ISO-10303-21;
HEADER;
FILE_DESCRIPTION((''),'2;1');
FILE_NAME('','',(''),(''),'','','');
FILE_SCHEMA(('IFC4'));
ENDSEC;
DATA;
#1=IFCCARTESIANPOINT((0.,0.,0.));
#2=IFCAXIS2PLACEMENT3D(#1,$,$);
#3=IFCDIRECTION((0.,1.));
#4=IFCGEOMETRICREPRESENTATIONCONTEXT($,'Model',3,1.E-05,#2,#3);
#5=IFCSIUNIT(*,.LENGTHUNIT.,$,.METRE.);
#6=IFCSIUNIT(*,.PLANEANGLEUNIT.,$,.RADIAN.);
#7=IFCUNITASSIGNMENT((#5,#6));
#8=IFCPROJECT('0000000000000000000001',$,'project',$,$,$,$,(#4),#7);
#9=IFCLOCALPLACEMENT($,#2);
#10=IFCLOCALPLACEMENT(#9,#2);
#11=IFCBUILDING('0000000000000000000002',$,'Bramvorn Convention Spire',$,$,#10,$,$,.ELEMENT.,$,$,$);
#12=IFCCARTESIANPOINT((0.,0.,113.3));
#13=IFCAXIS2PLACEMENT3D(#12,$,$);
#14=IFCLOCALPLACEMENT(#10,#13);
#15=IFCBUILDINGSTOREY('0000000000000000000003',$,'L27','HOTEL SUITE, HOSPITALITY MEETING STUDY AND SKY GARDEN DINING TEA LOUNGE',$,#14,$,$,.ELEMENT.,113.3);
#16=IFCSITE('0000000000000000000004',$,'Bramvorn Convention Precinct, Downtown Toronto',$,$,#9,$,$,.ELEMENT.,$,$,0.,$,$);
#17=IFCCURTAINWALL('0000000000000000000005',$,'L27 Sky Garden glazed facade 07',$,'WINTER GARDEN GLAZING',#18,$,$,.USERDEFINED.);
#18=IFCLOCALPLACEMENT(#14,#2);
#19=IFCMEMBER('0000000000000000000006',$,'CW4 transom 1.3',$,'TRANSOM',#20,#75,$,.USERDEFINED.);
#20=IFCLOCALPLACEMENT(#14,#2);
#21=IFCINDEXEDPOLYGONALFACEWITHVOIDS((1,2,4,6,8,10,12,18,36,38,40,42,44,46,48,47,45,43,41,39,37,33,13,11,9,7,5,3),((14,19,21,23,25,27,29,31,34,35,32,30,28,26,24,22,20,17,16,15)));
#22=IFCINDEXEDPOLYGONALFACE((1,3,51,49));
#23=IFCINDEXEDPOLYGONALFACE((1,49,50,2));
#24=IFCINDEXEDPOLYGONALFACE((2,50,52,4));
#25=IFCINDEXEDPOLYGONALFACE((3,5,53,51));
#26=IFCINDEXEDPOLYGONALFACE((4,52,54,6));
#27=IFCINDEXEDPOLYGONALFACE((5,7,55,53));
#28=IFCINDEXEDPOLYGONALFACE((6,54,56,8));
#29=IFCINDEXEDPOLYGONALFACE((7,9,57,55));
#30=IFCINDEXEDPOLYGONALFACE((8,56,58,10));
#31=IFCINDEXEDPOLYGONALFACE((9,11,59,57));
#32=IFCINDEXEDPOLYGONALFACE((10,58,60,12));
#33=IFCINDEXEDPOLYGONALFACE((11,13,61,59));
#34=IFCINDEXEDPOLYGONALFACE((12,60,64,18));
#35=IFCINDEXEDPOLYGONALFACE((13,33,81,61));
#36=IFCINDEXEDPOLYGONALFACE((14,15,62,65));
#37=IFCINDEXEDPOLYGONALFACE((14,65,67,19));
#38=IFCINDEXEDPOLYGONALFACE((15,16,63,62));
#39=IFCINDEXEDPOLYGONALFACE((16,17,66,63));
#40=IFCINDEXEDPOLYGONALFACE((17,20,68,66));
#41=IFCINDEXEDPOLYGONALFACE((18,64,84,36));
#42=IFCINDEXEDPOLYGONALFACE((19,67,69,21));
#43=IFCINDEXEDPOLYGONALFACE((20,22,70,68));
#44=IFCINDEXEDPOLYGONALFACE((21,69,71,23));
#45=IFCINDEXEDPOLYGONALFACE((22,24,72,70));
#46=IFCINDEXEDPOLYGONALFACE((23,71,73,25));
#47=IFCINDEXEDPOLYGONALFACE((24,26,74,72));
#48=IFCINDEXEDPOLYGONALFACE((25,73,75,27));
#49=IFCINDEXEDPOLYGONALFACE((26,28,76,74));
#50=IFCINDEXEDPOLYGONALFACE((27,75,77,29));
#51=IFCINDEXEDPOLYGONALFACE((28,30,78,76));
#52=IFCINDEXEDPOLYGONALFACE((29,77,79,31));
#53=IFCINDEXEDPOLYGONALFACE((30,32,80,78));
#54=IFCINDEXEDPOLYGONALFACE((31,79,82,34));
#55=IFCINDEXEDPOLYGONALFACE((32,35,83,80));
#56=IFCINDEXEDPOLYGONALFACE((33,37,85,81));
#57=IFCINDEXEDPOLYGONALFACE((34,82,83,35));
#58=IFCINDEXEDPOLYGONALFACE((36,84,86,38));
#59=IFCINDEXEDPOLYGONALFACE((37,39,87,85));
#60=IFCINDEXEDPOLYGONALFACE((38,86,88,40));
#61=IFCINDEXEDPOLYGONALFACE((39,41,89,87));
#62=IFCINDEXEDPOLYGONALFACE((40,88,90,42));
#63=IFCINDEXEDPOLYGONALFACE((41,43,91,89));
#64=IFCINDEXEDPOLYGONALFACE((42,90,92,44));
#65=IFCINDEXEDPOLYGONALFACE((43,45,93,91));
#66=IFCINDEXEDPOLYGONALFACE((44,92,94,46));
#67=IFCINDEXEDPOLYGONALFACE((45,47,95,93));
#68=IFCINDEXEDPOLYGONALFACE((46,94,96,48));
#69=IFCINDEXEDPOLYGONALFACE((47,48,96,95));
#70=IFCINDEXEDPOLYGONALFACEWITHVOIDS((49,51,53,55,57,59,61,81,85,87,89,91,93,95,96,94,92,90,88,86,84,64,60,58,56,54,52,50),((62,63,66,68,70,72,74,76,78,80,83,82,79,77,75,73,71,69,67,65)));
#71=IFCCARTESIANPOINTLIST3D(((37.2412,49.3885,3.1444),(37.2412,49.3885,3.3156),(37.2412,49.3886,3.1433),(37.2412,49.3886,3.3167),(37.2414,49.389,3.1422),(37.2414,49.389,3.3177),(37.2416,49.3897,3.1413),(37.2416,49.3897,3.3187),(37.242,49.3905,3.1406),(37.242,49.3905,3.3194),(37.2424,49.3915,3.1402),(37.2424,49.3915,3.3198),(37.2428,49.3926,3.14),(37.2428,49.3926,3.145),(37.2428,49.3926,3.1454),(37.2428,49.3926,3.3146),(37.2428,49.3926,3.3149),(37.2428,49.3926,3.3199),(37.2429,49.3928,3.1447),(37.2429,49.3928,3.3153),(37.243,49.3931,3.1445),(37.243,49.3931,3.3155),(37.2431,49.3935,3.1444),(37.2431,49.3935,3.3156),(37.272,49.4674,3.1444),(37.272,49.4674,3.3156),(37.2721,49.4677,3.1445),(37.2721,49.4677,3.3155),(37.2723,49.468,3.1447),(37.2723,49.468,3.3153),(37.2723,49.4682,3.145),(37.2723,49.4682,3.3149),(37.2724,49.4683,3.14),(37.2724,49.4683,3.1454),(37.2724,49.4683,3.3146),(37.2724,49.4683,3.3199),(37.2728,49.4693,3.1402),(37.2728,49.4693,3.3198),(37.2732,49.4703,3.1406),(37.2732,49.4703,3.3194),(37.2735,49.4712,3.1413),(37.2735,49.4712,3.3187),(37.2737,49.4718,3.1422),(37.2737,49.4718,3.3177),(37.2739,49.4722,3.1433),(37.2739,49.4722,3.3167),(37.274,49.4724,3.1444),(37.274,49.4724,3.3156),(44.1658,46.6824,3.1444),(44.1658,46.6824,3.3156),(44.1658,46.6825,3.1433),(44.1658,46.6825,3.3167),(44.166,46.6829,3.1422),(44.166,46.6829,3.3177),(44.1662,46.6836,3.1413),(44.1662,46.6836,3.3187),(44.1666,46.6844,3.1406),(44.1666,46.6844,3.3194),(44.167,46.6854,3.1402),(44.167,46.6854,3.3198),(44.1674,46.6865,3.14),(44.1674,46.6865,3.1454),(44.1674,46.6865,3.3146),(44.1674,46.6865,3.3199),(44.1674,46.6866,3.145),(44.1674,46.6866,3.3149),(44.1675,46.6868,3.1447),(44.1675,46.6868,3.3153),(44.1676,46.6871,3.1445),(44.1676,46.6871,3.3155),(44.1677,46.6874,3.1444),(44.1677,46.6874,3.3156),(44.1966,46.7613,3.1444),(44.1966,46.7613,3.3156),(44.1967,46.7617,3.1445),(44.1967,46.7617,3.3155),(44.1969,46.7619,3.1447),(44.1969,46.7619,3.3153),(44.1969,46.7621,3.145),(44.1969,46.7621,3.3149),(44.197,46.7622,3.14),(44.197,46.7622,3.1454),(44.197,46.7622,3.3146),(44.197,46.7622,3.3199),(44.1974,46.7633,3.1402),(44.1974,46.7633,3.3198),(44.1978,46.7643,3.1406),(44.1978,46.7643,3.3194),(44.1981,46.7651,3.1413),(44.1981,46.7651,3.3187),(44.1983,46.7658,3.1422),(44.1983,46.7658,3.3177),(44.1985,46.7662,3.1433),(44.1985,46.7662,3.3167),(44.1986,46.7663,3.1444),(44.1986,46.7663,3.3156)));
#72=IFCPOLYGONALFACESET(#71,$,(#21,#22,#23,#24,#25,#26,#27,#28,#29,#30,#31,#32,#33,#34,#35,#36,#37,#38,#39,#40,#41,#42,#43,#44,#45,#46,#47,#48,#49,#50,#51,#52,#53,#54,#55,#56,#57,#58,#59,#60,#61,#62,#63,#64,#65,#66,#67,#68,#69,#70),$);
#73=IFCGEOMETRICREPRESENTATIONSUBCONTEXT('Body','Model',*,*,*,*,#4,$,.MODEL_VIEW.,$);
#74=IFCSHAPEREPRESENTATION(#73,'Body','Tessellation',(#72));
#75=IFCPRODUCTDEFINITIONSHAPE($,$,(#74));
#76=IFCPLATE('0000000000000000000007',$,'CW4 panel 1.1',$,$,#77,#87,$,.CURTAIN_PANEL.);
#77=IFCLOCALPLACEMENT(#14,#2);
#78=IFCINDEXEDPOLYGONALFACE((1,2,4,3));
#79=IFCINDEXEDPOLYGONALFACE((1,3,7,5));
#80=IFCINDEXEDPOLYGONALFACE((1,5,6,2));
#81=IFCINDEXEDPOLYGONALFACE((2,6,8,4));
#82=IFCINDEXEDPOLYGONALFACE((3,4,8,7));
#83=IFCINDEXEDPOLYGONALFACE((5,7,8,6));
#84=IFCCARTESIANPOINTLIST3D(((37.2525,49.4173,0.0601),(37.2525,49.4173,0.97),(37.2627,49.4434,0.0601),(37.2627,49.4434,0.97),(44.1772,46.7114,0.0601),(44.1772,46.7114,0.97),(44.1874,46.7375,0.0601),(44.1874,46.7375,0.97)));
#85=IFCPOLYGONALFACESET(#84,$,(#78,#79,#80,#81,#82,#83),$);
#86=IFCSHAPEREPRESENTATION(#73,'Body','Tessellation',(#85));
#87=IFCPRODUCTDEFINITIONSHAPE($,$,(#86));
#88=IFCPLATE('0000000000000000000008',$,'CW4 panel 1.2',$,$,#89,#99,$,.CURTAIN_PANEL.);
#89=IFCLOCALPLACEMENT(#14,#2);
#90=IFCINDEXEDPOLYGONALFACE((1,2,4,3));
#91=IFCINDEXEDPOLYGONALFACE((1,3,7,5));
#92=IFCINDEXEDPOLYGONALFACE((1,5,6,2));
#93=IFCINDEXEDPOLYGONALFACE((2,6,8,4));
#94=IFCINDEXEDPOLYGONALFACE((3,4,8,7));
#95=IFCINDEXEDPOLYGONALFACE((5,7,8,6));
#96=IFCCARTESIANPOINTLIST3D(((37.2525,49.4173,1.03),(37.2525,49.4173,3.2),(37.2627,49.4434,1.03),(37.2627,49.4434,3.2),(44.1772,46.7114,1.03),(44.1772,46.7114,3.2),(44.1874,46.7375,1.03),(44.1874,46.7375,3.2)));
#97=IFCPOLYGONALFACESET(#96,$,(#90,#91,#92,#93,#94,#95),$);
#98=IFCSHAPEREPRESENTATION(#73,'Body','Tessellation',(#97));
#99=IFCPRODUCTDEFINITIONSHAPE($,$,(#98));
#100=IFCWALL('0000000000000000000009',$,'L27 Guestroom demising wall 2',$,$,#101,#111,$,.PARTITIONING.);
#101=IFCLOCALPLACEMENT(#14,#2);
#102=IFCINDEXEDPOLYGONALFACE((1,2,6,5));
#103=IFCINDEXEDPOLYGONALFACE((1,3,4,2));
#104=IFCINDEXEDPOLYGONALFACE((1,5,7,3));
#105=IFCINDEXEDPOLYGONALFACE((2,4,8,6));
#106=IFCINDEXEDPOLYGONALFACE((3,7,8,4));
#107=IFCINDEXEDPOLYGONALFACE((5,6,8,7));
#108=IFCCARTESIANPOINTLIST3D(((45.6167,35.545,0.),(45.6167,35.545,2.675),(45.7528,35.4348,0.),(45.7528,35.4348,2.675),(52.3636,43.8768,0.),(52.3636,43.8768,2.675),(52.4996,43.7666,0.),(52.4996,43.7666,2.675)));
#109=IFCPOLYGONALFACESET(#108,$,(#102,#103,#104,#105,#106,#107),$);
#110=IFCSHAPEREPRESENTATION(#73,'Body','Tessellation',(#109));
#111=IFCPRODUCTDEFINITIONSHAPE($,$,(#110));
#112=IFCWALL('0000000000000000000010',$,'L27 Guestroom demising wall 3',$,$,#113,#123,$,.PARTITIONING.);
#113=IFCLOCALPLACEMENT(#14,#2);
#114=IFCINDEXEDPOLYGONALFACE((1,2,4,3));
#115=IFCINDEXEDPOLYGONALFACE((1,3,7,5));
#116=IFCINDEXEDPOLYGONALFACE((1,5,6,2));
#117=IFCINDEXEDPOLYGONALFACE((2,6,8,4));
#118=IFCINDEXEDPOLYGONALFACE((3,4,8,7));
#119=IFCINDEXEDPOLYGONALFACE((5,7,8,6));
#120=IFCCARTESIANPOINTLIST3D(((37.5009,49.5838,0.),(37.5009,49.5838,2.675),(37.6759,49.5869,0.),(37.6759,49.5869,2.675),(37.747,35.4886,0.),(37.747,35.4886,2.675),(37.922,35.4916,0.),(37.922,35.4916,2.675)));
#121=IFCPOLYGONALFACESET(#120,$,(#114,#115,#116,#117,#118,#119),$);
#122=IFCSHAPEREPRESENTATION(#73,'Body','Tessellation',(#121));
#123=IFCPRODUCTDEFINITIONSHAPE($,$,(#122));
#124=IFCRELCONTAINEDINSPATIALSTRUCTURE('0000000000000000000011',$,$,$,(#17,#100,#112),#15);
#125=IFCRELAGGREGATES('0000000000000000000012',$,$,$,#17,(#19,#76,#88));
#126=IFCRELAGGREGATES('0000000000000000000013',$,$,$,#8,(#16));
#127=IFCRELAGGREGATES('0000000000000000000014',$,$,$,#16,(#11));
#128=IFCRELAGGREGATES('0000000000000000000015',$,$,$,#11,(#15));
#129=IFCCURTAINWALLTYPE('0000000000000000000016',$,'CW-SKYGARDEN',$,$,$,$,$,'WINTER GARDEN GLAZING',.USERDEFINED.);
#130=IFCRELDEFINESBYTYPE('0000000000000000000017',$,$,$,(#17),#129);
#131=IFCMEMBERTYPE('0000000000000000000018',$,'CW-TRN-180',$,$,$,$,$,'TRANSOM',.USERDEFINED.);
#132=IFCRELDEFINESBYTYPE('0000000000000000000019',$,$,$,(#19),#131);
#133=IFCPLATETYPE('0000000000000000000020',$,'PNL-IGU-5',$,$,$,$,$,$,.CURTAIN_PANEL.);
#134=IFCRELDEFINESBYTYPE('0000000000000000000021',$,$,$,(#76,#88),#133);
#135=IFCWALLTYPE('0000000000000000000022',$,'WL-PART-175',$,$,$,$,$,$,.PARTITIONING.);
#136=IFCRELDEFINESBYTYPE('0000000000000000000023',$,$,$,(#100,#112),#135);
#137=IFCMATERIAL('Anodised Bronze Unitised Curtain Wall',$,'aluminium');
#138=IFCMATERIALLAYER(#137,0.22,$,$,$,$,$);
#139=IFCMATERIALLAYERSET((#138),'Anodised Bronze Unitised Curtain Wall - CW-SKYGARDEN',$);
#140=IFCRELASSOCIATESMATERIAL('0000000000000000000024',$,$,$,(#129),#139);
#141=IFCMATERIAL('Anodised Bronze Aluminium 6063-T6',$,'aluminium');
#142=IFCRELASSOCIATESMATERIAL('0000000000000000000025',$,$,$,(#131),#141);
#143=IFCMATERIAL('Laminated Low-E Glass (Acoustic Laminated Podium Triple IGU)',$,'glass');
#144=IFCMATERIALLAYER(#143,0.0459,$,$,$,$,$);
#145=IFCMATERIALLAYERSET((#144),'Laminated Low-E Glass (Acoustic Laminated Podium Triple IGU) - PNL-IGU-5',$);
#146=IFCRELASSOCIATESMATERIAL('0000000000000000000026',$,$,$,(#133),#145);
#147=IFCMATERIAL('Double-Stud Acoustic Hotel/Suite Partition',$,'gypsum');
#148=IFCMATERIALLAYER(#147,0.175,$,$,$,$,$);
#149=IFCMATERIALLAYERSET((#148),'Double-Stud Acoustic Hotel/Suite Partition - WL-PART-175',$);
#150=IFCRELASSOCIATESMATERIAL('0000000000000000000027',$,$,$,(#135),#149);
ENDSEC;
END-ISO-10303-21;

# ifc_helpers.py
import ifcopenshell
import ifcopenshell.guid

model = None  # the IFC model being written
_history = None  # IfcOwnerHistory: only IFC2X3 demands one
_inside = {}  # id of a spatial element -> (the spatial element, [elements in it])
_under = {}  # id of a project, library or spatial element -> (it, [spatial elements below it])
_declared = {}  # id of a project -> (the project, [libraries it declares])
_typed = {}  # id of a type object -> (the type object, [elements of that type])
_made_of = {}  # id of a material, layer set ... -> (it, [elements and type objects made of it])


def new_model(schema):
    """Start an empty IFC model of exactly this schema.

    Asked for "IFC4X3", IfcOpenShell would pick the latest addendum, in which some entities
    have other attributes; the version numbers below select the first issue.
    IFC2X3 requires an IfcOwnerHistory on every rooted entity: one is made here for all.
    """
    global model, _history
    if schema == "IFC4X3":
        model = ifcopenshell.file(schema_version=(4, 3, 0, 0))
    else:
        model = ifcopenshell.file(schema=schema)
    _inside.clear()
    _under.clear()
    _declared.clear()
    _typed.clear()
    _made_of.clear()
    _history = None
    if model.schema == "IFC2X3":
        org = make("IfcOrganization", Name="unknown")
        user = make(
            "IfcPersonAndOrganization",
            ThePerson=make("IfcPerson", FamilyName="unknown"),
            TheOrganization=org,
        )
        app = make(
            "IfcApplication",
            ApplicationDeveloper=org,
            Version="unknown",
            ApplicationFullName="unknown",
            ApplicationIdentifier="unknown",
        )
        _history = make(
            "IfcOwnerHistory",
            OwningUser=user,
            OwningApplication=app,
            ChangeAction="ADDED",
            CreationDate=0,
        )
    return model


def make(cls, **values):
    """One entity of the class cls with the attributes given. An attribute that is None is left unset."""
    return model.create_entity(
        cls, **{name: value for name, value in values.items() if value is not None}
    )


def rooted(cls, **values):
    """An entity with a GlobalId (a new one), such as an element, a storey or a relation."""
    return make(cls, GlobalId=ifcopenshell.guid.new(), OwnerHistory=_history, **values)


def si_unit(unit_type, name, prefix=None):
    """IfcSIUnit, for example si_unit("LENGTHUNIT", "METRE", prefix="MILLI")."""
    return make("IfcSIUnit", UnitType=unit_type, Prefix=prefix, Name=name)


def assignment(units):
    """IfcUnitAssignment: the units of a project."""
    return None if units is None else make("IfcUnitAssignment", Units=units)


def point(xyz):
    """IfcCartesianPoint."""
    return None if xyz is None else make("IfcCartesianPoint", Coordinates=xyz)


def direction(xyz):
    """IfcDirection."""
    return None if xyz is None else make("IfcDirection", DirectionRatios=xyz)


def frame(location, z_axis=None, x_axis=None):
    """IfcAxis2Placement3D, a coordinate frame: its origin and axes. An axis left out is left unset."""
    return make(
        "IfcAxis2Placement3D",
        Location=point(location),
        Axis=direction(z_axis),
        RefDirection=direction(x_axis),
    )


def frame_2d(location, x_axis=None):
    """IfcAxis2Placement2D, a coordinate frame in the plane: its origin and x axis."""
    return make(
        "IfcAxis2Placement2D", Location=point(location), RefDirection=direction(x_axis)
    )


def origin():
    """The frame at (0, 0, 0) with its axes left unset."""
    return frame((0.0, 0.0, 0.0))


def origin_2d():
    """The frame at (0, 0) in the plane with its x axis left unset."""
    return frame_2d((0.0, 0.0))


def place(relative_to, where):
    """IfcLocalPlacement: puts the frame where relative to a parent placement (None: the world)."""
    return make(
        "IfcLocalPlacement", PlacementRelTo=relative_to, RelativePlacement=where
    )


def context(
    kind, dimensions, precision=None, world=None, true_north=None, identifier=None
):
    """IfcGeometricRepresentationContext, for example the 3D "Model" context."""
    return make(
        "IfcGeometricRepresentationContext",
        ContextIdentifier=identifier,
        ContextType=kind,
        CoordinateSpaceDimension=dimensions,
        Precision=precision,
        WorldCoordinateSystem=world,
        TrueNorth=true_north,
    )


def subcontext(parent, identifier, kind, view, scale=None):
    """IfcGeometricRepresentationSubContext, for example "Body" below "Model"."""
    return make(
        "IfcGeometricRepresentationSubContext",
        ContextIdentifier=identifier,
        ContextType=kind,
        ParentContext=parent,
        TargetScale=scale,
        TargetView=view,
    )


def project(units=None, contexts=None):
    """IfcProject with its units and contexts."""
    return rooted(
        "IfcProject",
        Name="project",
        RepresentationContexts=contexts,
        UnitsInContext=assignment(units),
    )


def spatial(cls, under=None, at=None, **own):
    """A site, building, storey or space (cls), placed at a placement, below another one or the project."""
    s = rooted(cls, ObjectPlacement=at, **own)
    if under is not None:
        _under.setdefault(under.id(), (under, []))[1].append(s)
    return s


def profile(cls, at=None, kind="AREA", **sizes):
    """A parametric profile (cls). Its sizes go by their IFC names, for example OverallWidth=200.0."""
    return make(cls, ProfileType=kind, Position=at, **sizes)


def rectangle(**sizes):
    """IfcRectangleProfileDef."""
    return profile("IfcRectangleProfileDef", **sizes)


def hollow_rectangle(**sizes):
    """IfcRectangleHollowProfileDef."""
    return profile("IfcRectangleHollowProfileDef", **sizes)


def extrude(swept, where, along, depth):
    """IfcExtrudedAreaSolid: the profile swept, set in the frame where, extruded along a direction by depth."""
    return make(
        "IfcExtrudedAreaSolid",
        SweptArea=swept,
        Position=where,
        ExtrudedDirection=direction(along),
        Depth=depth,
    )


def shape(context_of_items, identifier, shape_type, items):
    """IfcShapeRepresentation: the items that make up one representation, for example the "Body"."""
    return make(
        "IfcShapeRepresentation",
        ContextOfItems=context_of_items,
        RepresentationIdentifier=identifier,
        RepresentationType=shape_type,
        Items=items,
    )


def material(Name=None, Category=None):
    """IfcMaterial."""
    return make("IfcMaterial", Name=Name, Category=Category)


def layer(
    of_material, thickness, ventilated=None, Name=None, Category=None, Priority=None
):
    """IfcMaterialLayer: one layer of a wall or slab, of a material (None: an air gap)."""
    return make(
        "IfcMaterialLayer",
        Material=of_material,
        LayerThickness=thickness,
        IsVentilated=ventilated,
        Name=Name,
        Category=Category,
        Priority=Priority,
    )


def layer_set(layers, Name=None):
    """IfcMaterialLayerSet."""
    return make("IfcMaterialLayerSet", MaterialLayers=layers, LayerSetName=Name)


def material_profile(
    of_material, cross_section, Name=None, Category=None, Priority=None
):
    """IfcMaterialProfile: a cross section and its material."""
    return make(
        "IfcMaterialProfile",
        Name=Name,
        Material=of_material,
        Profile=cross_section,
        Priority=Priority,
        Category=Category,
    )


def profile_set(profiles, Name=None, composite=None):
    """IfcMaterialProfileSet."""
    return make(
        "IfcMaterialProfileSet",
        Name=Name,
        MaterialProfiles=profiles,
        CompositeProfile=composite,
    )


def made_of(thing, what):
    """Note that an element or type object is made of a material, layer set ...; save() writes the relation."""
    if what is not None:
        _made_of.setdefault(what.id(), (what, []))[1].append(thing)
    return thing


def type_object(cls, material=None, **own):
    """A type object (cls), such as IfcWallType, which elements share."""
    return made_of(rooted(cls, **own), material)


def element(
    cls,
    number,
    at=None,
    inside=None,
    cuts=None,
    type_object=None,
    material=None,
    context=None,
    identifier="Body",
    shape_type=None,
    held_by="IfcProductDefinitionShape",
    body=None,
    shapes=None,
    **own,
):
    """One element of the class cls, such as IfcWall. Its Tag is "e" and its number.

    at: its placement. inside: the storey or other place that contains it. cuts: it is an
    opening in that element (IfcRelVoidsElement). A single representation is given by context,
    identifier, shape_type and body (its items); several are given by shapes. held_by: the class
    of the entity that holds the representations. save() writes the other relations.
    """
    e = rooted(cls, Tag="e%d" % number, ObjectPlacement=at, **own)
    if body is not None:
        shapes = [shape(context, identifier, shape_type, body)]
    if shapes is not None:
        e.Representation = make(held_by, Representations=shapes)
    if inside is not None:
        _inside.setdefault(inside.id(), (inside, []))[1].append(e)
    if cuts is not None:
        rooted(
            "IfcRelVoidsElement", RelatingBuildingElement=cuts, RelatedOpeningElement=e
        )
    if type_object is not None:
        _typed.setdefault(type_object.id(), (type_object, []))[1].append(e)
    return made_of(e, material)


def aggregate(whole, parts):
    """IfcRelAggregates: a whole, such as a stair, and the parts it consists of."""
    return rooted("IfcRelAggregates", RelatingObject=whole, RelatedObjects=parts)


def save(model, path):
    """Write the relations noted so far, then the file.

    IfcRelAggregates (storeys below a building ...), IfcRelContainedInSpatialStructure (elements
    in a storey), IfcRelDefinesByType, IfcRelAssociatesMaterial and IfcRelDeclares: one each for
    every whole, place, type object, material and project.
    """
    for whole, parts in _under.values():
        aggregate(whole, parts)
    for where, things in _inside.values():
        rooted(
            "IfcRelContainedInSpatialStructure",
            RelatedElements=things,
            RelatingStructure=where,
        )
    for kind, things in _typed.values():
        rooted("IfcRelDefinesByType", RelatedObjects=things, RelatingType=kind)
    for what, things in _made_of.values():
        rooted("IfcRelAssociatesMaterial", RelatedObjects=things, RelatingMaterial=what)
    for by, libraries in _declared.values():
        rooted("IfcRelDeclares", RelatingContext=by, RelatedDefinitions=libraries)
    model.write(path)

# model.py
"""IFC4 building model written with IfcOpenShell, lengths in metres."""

from ifc_helpers import new_model, si_unit, direction, frame, frame_2d, origin, origin_2d, place, context, subcontext, project, spatial, rectangle, hollow_rectangle, extrude, material, layer, layer_set, material_profile, profile_set, type_object, element, aggregate, save


model = new_model("IFC4")

# Units and contexts
model_context = context("Model", 3, precision=1e-05, world=origin(), true_north=direction((0.0, 1.0)))
body_context = subcontext(model_context, "Body", "Model", "MODEL_VIEW")
ifc_project = project(units=[si_unit("LENGTHUNIT", "METRE"), si_unit("PLANEANGLEUNIT", "RADIAN")], contexts=[model_context])

# Site, building, storey
site_placement = place(None, origin())
site = spatial("IfcSite", under=ifc_project, at=site_placement, Name="Bramvorn Convention Precinct, Downtown Toronto", CompositionType="ELEMENT", RefElevation=0.0)
building_placement = place(site_placement, origin())
building = spatial("IfcBuilding", under=site, at=building_placement, Name="Bramvorn Convention Spire", CompositionType="ELEMENT")
storey_placement = place(building_placement, frame((0.0, 0.0, 113.3)))
storey = spatial("IfcBuildingStorey", under=building, at=storey_placement, Name="L27", Description="HOTEL SUITE, HOSPITALITY MEETING STUDY AND SKY GARDEN DINING TEA LOUNGE", CompositionType="ELEMENT", Elevation=113.3)

# Shared definitions
ifc_material_1 = material(Name="Anodised Bronze Unitised Curtain Wall", Category="aluminium")
ifc_material_2 = material(Name="Anodised Bronze Aluminium 6063-T6", Category="aluminium")
ifc_layer_1 = layer(ifc_material_1, 0.22)
ifc_layer_set_1 = layer_set([ifc_layer_1], Name="Anodised Bronze Unitised Curtain Wall - CW-SKYGARDEN")
curtain_wall_type_1 = type_object("IfcCurtainWallType", Name="CW-SKYGARDEN", ElementType="WINTER GARDEN GLAZING", PredefinedType="USERDEFINED", material=ifc_layer_set_1)

# Curtain wall
curtain_wall_1_placement = place(storey_placement, origin())
curtain_wall_1 = element("IfcCurtainWall", 1, at=curtain_wall_1_placement, inside=storey, type_object=curtain_wall_type_1, Name="L27 Sky Garden glazed facade 07", ObjectType="WINTER GARDEN GLAZING", PredefinedType="USERDEFINED")

# Member
ifc_material_profile_1 = material_profile(ifc_material_2, hollow_rectangle(XDim=0.0901, YDim=0.1799, WallThickness=0.0044, InnerFilletRadius=0.001, OuterFilletRadius=0.0044, at=origin_2d()))
ifc_profile_set_1 = profile_set([ifc_material_profile_1], Name="Anodised Bronze Aluminium 6063-T6 - CWT90X180")
member_type_1 = type_object("IfcMemberType", Name="CW-TRN-180", ElementType="TRANSOM", PredefinedType="USERDEFINED", material=ifc_profile_set_1)
member_1_placement = place(storey_placement, frame((37.2576, 49.4304, 3.23), z_axis=(0.931405, -0.363985, 0.0), x_axis=(0.363985, 0.931405, 0.0)))
member_1 = element("IfcMember", 2, at=member_1_placement, type_object=member_type_1, Name="CW4 transom 1.3", ObjectType="TRANSOM", PredefinedType="USERDEFINED", context=body_context, shape_type="SweptSolid", body=[
    extrude(hollow_rectangle(XDim=0.0901, YDim=0.1799, WallThickness=0.0044, InnerFilletRadius=0.001, OuterFilletRadius=0.0044, at=origin_2d()), origin(), (0.0, 0.0, 1.0), 7.4346),
])

# Plates
ifc_material_3 = material(Name="Laminated Low-E Glass (Acoustic Laminated Podium Triple IGU)", Category="glass")
ifc_layer_2 = layer(ifc_material_3, 0.0459)
ifc_layer_set_2 = layer_set([ifc_layer_2], Name="Laminated Low-E Glass (Acoustic Laminated Podium Triple IGU) - PNL-IGU-5")
plate_type = type_object("IfcPlateType", Name="PNL-IGU-5", PredefinedType="CURTAIN_PANEL", material=ifc_layer_set_2)
plate_1_placement = place(storey_placement, frame((40.72, 48.0774, 0.0601), z_axis=(0.0, 0.0, 1.0), x_axis=(0.931414, -0.363962, 0.0)))
plate_1 = element("IfcPlate", 3, at=plate_1_placement, type_object=plate_type, Name="CW4 panel 1.1", PredefinedType="CURTAIN_PANEL", context=body_context, shape_type="SweptSolid", body=[
    extrude(rectangle(XDim=7.4346, YDim=0.0281, at=origin_2d()), origin(), (0.0, 0.0, 1.0), 0.9099),
])
plate_2_placement = place(storey_placement, frame((40.72, 48.0774, 1.03), z_axis=(0.0, 0.0, 1.0), x_axis=(0.931414, -0.363962, 0.0)))
plate_2 = element("IfcPlate", 4, at=plate_2_placement, type_object=plate_type, Name="CW4 panel 1.2", PredefinedType="CURTAIN_PANEL", context=body_context, shape_type="SweptSolid", body=[
    extrude(rectangle(XDim=7.4346, YDim=0.0281, at=origin_2d()), origin(), (0.0, 0.0, 1.0), 2.1699),
])
aggregate(curtain_wall_1, [member_1, plate_1, plate_2])

# Walls
ifc_material_4 = material(Name="Double-Stud Acoustic Hotel/Suite Partition", Category="gypsum")
ifc_layer_3 = layer(ifc_material_4, 0.175)
ifc_layer_set_3 = layer_set([ifc_layer_3], Name="Double-Stud Acoustic Hotel/Suite Partition - WL-PART-175")
wall_type = type_object("IfcWallType", Name="WL-PART-175", PredefinedType="PARTITIONING", material=ifc_layer_set_3)
wall_1_placement = place(storey_placement, frame((45.6848, 35.49, 0.0), z_axis=(0.0, 0.0, 1.0), x_axis=(0.629314, 0.777152, 0.0)))
element("IfcWall", 5, at=wall_1_placement, inside=storey, type_object=wall_type, Name="L27 Guestroom demising wall 2", PredefinedType="PARTITIONING", context=body_context, shape_type="SweptSolid", body=[
    extrude(rectangle(XDim=10.7209, YDim=0.175, at=frame_2d((5.3604, 0.0))), origin(), (0.0, 0.0, 1.0), 2.675),
])
wall_2_placement = place(storey_placement, frame((37.8345, 35.49, 0.0), z_axis=(0.0, 0.0, 1.0), x_axis=(-0.017457, 0.999848, 0.0)))
element("IfcWall", 6, at=wall_2_placement, inside=storey, type_object=wall_type, Name="L27 Guestroom demising wall 3", PredefinedType="PARTITIONING", context=body_context, shape_type="SweptSolid", body=[
    extrude(rectangle(XDim=14.0974, YDim=0.175, at=frame_2d((7.0488, 0.0))), origin(), (0.0, 0.0, 1.0), 2.675),
])

save(model, "model.ifc")
